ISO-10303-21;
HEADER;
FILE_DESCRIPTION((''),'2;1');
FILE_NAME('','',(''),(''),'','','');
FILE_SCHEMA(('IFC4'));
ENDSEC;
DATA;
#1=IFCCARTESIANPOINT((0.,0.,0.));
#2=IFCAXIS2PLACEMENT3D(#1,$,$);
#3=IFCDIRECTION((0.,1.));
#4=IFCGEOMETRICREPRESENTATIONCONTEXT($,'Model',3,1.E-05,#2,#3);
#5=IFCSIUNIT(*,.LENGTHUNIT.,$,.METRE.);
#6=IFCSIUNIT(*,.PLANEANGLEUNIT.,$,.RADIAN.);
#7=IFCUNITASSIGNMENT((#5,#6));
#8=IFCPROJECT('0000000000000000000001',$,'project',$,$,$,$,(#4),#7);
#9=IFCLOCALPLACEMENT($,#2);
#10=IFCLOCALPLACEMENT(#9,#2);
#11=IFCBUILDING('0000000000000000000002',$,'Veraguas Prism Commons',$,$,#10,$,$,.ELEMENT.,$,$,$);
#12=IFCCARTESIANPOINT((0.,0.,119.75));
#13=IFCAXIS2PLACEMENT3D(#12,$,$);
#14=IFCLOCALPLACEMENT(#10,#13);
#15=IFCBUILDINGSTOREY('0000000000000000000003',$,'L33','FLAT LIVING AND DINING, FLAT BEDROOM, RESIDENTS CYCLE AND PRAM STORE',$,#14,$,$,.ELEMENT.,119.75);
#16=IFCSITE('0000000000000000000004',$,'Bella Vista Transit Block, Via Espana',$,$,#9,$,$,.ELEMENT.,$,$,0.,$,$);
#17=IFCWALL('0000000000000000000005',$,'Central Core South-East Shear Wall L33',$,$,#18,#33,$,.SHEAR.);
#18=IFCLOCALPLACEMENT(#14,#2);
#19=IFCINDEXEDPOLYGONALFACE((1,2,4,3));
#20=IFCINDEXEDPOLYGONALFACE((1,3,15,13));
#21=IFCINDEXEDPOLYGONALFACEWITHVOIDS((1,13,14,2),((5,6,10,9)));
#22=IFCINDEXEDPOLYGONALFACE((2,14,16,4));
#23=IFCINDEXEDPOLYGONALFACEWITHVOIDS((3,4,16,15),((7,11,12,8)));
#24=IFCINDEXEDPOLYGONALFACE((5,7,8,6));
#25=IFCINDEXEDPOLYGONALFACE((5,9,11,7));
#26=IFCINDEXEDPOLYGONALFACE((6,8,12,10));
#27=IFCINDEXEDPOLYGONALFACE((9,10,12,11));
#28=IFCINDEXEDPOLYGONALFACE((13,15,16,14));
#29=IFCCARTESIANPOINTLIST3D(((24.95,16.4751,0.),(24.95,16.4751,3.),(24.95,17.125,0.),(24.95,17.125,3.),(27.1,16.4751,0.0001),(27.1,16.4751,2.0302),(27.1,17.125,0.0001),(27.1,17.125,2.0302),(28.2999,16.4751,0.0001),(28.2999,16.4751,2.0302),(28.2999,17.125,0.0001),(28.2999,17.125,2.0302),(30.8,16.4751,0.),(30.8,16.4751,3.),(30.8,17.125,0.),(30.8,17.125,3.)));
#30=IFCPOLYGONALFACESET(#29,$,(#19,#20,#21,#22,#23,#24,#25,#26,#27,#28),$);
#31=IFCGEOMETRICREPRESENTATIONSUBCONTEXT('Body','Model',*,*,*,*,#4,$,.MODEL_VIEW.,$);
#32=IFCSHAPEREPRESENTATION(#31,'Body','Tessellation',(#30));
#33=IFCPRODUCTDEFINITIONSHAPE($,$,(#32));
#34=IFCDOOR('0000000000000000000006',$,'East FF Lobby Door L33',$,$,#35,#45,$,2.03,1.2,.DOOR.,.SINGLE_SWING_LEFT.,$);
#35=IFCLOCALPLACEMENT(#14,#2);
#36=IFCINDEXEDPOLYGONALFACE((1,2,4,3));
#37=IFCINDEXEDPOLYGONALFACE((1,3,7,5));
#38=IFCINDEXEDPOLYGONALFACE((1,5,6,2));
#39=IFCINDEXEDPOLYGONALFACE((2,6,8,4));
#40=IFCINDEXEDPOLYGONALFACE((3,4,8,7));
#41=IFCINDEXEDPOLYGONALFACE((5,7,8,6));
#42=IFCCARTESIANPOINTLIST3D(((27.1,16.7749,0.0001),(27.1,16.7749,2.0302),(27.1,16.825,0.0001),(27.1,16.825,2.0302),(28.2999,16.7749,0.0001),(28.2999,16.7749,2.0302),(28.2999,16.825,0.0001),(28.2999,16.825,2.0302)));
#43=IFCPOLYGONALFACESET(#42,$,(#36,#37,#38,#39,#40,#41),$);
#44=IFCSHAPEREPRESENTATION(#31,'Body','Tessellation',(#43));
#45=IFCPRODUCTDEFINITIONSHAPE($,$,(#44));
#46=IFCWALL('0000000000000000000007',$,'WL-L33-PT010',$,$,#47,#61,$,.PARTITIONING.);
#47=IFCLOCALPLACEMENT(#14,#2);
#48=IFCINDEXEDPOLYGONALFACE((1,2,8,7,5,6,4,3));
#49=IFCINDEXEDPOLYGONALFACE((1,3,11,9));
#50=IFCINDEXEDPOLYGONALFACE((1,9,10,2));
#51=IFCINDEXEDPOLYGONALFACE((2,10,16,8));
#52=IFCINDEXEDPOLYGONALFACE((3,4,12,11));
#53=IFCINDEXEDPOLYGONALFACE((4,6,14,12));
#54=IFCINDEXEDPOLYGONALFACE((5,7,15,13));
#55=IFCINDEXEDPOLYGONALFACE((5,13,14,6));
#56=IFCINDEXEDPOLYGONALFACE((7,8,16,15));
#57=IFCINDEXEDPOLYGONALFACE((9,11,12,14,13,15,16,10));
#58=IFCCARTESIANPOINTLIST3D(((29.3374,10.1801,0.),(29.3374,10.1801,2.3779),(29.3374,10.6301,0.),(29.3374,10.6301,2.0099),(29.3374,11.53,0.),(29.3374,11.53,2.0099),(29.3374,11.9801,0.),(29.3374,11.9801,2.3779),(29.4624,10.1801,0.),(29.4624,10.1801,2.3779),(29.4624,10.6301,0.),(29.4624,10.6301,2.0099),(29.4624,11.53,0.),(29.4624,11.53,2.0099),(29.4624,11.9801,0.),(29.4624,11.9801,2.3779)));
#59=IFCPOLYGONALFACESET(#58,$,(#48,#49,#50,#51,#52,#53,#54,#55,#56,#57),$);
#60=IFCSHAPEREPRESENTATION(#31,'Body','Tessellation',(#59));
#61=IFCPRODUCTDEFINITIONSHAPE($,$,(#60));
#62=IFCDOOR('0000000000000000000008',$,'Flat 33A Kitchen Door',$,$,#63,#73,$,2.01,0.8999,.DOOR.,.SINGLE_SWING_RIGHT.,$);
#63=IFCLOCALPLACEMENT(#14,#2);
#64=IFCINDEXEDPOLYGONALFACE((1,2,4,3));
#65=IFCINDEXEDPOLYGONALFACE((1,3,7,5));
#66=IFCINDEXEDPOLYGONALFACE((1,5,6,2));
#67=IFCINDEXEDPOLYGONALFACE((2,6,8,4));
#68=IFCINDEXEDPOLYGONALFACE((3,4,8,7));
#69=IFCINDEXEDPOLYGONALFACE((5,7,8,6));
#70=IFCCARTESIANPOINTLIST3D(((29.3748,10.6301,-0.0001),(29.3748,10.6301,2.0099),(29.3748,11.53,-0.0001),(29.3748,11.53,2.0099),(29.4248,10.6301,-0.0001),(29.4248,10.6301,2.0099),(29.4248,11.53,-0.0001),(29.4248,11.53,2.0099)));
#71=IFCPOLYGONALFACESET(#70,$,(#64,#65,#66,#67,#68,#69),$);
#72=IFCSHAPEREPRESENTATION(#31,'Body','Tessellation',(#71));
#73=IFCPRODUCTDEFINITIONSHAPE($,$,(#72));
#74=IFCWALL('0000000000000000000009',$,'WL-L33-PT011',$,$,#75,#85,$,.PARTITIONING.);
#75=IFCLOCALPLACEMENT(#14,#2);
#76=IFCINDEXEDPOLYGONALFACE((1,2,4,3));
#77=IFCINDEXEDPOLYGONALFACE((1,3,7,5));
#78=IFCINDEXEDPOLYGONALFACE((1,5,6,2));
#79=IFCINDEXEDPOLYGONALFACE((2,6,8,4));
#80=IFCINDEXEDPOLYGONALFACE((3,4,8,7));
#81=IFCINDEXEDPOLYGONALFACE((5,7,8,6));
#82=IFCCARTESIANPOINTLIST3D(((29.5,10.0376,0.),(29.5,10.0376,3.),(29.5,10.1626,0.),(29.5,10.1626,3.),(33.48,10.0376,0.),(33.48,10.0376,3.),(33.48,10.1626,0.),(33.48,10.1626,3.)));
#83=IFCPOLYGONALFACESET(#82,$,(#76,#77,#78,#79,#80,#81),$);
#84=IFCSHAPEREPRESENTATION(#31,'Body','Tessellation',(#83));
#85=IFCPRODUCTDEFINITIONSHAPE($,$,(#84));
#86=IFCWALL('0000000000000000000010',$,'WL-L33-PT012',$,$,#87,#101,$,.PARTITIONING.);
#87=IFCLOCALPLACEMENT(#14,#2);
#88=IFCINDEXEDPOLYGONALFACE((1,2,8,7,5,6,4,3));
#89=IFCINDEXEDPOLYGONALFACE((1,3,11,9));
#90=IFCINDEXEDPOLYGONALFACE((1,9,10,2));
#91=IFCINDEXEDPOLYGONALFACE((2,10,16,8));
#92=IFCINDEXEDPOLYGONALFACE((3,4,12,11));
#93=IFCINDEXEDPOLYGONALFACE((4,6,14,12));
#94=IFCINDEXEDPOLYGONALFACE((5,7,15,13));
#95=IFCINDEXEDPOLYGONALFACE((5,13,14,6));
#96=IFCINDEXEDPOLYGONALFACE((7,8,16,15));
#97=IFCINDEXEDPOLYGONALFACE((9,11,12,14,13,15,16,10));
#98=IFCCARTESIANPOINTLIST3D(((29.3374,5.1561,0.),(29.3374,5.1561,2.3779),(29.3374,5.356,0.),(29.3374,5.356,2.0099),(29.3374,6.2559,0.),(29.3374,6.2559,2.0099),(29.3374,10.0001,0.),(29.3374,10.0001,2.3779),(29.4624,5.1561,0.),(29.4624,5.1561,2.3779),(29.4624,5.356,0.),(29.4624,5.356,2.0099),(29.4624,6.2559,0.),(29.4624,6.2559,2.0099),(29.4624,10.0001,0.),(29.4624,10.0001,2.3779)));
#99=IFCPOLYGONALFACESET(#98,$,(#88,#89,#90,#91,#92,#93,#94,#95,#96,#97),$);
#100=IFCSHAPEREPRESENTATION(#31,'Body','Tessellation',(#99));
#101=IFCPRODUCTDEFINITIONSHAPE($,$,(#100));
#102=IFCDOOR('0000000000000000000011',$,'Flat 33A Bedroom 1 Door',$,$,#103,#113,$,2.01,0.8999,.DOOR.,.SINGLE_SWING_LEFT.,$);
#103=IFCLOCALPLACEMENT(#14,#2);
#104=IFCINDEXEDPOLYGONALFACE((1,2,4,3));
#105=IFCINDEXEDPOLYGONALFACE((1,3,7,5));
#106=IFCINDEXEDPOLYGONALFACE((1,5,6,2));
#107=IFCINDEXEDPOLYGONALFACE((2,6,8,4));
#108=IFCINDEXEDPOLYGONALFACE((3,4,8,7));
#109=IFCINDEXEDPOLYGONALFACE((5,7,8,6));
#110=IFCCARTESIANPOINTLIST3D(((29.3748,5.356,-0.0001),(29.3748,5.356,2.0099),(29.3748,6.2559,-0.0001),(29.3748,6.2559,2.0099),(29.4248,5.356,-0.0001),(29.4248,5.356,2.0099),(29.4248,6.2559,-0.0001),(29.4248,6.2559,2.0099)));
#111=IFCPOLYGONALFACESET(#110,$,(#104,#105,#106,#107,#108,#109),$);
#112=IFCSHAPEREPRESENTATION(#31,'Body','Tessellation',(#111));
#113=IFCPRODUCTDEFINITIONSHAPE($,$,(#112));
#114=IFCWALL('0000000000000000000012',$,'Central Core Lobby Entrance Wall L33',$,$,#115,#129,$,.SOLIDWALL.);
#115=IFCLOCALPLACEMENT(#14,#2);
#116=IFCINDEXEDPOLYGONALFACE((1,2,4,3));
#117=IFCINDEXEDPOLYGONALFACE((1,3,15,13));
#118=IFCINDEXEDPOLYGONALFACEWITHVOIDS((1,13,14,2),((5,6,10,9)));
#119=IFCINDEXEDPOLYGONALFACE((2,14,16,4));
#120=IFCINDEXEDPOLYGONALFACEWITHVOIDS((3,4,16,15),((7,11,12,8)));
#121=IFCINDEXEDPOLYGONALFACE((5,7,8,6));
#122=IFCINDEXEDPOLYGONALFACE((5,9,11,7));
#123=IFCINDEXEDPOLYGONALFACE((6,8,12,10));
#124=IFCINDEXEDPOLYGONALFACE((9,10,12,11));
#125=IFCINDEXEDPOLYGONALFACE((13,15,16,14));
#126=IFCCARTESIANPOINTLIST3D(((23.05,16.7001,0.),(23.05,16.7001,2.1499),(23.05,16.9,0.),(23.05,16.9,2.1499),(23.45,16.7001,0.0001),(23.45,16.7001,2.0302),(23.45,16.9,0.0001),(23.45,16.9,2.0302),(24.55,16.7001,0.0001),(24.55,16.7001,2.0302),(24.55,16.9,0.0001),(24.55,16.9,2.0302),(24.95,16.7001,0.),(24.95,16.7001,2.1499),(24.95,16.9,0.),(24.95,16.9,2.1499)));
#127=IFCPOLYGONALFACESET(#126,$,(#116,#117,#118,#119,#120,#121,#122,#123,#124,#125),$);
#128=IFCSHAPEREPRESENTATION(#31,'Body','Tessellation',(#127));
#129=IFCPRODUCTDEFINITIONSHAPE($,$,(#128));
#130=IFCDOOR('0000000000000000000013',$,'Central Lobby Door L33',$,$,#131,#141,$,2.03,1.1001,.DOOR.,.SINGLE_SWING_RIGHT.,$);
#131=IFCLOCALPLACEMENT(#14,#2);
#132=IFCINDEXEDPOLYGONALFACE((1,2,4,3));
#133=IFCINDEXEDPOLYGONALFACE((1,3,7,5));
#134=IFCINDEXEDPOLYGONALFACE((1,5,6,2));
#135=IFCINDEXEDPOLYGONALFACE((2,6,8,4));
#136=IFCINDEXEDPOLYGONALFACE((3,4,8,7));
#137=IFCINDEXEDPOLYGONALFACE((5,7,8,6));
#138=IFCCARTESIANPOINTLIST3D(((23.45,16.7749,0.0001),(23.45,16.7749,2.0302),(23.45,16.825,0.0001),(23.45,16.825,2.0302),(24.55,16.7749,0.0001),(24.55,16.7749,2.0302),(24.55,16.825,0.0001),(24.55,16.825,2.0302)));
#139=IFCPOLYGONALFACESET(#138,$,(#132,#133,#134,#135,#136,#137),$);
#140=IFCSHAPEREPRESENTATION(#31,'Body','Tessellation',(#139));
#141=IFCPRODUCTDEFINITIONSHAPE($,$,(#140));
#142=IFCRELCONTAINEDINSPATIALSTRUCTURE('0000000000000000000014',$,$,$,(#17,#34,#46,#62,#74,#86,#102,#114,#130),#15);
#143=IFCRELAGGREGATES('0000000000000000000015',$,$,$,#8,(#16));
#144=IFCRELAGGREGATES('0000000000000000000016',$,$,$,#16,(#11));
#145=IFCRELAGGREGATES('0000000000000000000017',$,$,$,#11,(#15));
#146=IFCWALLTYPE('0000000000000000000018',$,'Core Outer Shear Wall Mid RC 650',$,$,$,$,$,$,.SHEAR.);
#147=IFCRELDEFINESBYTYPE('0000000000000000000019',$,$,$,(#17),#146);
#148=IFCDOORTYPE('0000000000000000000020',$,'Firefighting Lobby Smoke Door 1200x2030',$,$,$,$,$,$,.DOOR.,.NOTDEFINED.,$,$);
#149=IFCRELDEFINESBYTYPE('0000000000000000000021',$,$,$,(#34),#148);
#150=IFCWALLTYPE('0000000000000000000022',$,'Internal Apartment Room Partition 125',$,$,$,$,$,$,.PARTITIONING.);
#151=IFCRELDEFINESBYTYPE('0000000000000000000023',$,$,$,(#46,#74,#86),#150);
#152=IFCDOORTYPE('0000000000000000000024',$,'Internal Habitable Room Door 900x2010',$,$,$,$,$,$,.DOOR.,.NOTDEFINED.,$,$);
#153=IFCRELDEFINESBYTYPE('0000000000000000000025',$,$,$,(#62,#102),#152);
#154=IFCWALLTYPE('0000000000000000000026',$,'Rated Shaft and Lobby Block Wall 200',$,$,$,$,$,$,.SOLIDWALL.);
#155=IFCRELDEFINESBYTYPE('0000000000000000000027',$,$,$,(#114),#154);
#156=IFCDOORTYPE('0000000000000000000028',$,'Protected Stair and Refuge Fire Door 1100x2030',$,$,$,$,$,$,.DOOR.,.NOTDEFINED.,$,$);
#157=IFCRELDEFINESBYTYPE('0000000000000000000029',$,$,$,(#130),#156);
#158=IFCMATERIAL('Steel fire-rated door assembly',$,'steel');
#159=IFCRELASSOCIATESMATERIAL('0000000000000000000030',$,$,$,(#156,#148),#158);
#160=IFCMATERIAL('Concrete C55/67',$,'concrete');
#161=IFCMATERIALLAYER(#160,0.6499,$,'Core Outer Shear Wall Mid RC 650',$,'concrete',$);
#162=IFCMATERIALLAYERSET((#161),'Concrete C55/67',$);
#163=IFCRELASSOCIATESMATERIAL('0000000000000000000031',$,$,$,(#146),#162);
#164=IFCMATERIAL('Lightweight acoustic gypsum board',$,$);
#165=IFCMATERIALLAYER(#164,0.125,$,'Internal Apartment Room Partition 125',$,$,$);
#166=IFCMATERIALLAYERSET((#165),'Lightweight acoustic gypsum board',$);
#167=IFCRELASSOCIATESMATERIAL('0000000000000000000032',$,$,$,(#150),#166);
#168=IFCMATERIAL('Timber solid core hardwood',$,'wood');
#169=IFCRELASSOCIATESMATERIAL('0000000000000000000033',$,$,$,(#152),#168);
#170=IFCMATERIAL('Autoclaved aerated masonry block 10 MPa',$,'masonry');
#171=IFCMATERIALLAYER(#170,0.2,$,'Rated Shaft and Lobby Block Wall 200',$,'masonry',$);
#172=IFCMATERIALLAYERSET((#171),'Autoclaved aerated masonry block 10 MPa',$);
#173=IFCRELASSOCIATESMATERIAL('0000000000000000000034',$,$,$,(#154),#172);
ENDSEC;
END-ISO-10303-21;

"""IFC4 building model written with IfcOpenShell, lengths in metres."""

from ifc_helpers import new_model, si_unit, direction, frame, frame_2d, origin, place, context, subcontext, project, spatial, rectangle, extrude, source, transform, mapped, material, layer, layer_set, type_object, element, fill, save


model = new_model("IFC4")

# Units and contexts
model_context = context("Model", 3, precision=1e-05, world=origin(), true_north=direction((0.0, 1.0)))
body_context = subcontext(model_context, "Body", "Model", "MODEL_VIEW")
ifc_project = project(units=[si_unit("LENGTHUNIT", "METRE"), si_unit("PLANEANGLEUNIT", "RADIAN")], contexts=[model_context])

# Site, building, storey
site_placement = place(None, origin())
site = spatial("IfcSite", under=ifc_project, at=site_placement, Name="Bella Vista Transit Block, Via Espana", CompositionType="ELEMENT", RefElevation=0.0)
building_placement = place(site_placement, origin())
building = spatial("IfcBuilding", under=site, at=building_placement, Name="Veraguas Prism Commons", CompositionType="ELEMENT")
storey_placement = place(building_placement, frame((0.0, 0.0, 119.75)))
storey = spatial("IfcBuildingStorey", under=building, at=storey_placement, Name="L33", Description="FLAT LIVING AND DINING, FLAT BEDROOM, RESIDENTS CYCLE AND PRAM STORE", CompositionType="ELEMENT", Elevation=119.75)

# Shared definitions
ifc_material_1 = material(Name="Steel fire-rated door assembly", Category="steel")
door_type_1 = type_object("IfcDoorType", Name="Protected Stair and Refuge Fire Door 1100x2030", OperationType="NOTDEFINED", PredefinedType="DOOR", material=ifc_material_1)
shared_shape_1 = source(origin(), body_context, "Body", "SweptSolid", [
    extrude(rectangle(XDim=1.1001, YDim=2.03, at=frame_2d((0.55, 1.0151))), frame((0.0, 0.0249, 0.0), z_axis=(0.0, -1.0, 0.0), x_axis=(1.0, 0.0, 0.0)), (0.0, 0.0, 1.0), 0.05),
])

# Shared definitions
ifc_material_2 = material(Name="Concrete C55/67", Category="concrete")
ifc_layer_1 = layer(ifc_material_2, 0.6499, Name="Core Outer Shear Wall Mid RC 650", Category="concrete")
ifc_layer_set_1 = layer_set([ifc_layer_1], Name="Concrete C55/67")
wall_type_1 = type_object("IfcWallType", Name="Core Outer Shear Wall Mid RC 650", PredefinedType="SHEAR", material=ifc_layer_set_1)

# Walls, openings, doors
wall_1_placement = place(storey_placement, frame((24.95, 16.8, 0.0), z_axis=(0.0, 0.0, 1.0), x_axis=(1.0, 0.0, 0.0)))
wall_1 = element("IfcWall", 1, at=wall_1_placement, inside=storey, type_object=wall_type_1, Name="Central Core South-East Shear Wall L33", PredefinedType="SHEAR", context=body_context, shape_type="SweptSolid", body=[
    extrude(rectangle(XDim=5.8501, YDim=0.6499, at=frame_2d((2.925, 0.0))), origin(), (0.0, 0.0, 1.0), 3.0),
])
opening_1_placement = place(wall_1_placement, frame((2.1499, 0.0, 0.0)))
opening_1 = element("IfcOpeningElement", 2, at=opening_1_placement, cuts=wall_1, PredefinedType="OPENING", context=body_context, shape_type="SweptSolid", body=[
    extrude(rectangle(XDim=1.2, YDim=2.03, at=frame_2d((0.6001, 1.0151))), frame((0.0, 0.335, 0.0), z_axis=(0.0, -1.0, 0.0), x_axis=(1.0, 0.0, 0.0)), (0.0, 0.0, 1.0), 0.6699),
])
door_type_2 = type_object("IfcDoorType", Name="Firefighting Lobby Smoke Door 1200x2030", OperationType="NOTDEFINED", PredefinedType="DOOR", material=ifc_material_1)
shared_shape_2 = source(origin(), body_context, "Body", "SweptSolid", [
    extrude(rectangle(XDim=1.2, YDim=2.03, at=frame_2d((0.6001, 1.0151))), frame((0.0, 0.0249, 0.0), z_axis=(0.0, -1.0, 0.0), x_axis=(1.0, 0.0, 0.0)), (0.0, 0.0, 1.0), 0.05),
])
door_1_placement = place(opening_1_placement, origin())
door_1 = element("IfcDoor", 3, at=door_1_placement, inside=storey, type_object=door_type_2, Name="East FF Lobby Door L33", OperationType="SINGLE_SWING_LEFT", OverallHeight=2.03, OverallWidth=1.2, PredefinedType="DOOR", context=body_context, shape_type="MappedRepresentation", body=[
    mapped(shared_shape_2, transform((0.0, 0.0, 0.0), scale=1.0)),
])
fill(opening_1, door_1)
ifc_material_3 = material(Name="Lightweight acoustic gypsum board")
ifc_layer_2 = layer(ifc_material_3, 0.125, Name="Internal Apartment Room Partition 125")
ifc_layer_set_2 = layer_set([ifc_layer_2], Name="Lightweight acoustic gypsum board")
wall_type_2 = type_object("IfcWallType", Name="Internal Apartment Room Partition 125", PredefinedType="PARTITIONING", material=ifc_layer_set_2)
wall_2_placement = place(storey_placement, frame((29.3999, 11.98, 0.0), z_axis=(0.0, 0.0, 1.0), x_axis=(0.0, -1.0, 0.0)))
wall_2 = element("IfcWall", 4, at=wall_2_placement, inside=storey, type_object=wall_type_2, Name="WL-L33-PT010", PredefinedType="PARTITIONING", context=body_context, shape_type="SweptSolid", body=[
    extrude(rectangle(XDim=1.8, YDim=0.125, at=frame_2d((0.8999, 0.0))), origin(), (0.0, 0.0, 1.0), 2.3779),
])
opening_2_placement = place(wall_2_placement, frame((0.45, 0.0, 0.0)))
opening_2 = element("IfcOpeningElement", 5, at=opening_2_placement, cuts=wall_2, PredefinedType="OPENING", context=body_context, shape_type="SweptSolid", body=[
    extrude(rectangle(XDim=0.8999, YDim=2.01, at=frame_2d((0.45, 1.0049))), frame((0.0, 0.0725, 0.0), z_axis=(0.0, -1.0, 0.0), x_axis=(1.0, 0.0, 0.0)), (0.0, 0.0, 1.0), 0.145),
])
ifc_material_4 = material(Name="Timber solid core hardwood", Category="wood")
door_type_3 = type_object("IfcDoorType", Name="Internal Habitable Room Door 900x2010", OperationType="NOTDEFINED", PredefinedType="DOOR", material=ifc_material_4)
shared_shape_3 = source(origin(), body_context, "Body", "SweptSolid", [
    extrude(rectangle(XDim=0.8999, YDim=2.01, at=frame_2d((0.45, 1.0049))), frame((0.0, 0.0249, 0.0), z_axis=(0.0, -1.0, 0.0), x_axis=(1.0, 0.0, 0.0)), (0.0, 0.0, 1.0), 0.05),
])
door_2_placement = place(opening_2_placement, origin())
door_2 = element("IfcDoor", 6, at=door_2_placement, inside=storey, type_object=door_type_3, Name="Flat 33A Kitchen Door", OperationType="SINGLE_SWING_RIGHT", OverallHeight=2.01, OverallWidth=0.8999, PredefinedType="DOOR", context=body_context, shape_type="MappedRepresentation", body=[
    mapped(shared_shape_3, transform((0.0, 0.0, 0.0), scale=1.0)),
])
fill(opening_2, door_2)

# Wall
wall_3_placement = place(storey_placement, frame((29.5, 10.1001, 0.0), z_axis=(0.0, 0.0, 1.0), x_axis=(1.0, 0.0, 0.0)))
element("IfcWall", 7, at=wall_3_placement, inside=storey, type_object=wall_type_2, Name="WL-L33-PT011", PredefinedType="PARTITIONING", context=body_context, shape_type="SweptSolid", body=[
    extrude(rectangle(XDim=3.98, YDim=0.125, at=frame_2d((1.99, 0.0))), origin(), (0.0, 0.0, 1.0), 3.0),
])

# Walls, openings, doors
wall_4_placement = place(storey_placement, frame((29.3999, 10.0, 0.0), z_axis=(0.0, 0.0, 1.0), x_axis=(0.0, -1.0, 0.0)))
wall_4 = element("IfcWall", 8, at=wall_4_placement, inside=storey, type_object=wall_type_2, Name="WL-L33-PT012", PredefinedType="PARTITIONING", context=body_context, shape_type="SweptSolid", body=[
    extrude(rectangle(XDim=4.844, YDim=0.125, at=frame_2d((2.4219, 0.0))), origin(), (0.0, 0.0, 1.0), 2.3779),
])
opening_3_placement = place(wall_4_placement, frame((3.7441, 0.0, 0.0)))
opening_3 = element("IfcOpeningElement", 9, at=opening_3_placement, cuts=wall_4, PredefinedType="OPENING", context=body_context, shape_type="SweptSolid", body=[
    extrude(rectangle(XDim=0.8999, YDim=2.01, at=frame_2d((0.45, 1.0049))), frame((0.0, 0.0725, 0.0), z_axis=(0.0, -1.0, 0.0), x_axis=(1.0, 0.0, 0.0)), (0.0, 0.0, 1.0), 0.145),
])
door_3_placement = place(opening_3_placement, origin())
door_3 = element("IfcDoor", 10, at=door_3_placement, inside=storey, type_object=door_type_3, Name="Flat 33A Bedroom 1 Door", OperationType="SINGLE_SWING_LEFT", OverallHeight=2.01, OverallWidth=0.8999, PredefinedType="DOOR", context=body_context, shape_type="MappedRepresentation", body=[
    mapped(shared_shape_3, transform((0.0, 0.0, 0.0), scale=1.0)),
])
fill(opening_3, door_3)
ifc_material_5 = material(Name="Autoclaved aerated masonry block 10 MPa", Category="masonry")
ifc_layer_3 = layer(ifc_material_5, 0.2, Name="Rated Shaft and Lobby Block Wall 200", Category="masonry")
ifc_layer_set_3 = layer_set([ifc_layer_3], Name="Autoclaved aerated masonry block 10 MPa")
wall_type_3 = type_object("IfcWallType", Name="Rated Shaft and Lobby Block Wall 200", PredefinedType="SOLIDWALL", material=ifc_layer_set_3)
wall_5_placement = place(storey_placement, frame((23.05, 16.8, 0.0), z_axis=(0.0, 0.0, 1.0), x_axis=(1.0, 0.0, 0.0)))
wall_5 = element("IfcWall", 11, at=wall_5_placement, inside=storey, type_object=wall_type_3, Name="Central Core Lobby Entrance Wall L33", PredefinedType="SOLIDWALL", context=body_context, shape_type="SweptSolid", body=[
    extrude(rectangle(XDim=1.8999, YDim=0.2, at=frame_2d((0.95, 0.0))), origin(), (0.0, 0.0, 1.0), 2.1499),
])
opening_4_placement = place(wall_5_placement, frame((0.3999, 0.0, 0.0)))
opening_4 = element("IfcOpeningElement", 12, at=opening_4_placement, cuts=wall_5, PredefinedType="OPENING", context=body_context, shape_type="SweptSolid", body=[
    extrude(rectangle(XDim=1.1001, YDim=2.03, at=frame_2d((0.55, 1.0151))), frame((0.0, 0.1099, 0.0), z_axis=(0.0, -1.0, 0.0), x_axis=(1.0, 0.0, 0.0)), (0.0, 0.0, 1.0), 0.22),
])
door_4_placement = place(opening_4_placement, origin())
door_4 = element("IfcDoor", 13, at=door_4_placement, inside=storey, type_object=door_type_1, Name="Central Lobby Door L33", OperationType="SINGLE_SWING_RIGHT", OverallHeight=2.03, OverallWidth=1.1001, PredefinedType="DOOR", context=body_context, shape_type="MappedRepresentation", body=[
    mapped(shared_shape_1, transform((0.0, 0.0, 0.0), scale=1.0)),
])
fill(opening_4, door_4)

save(model, "model.ifc")
